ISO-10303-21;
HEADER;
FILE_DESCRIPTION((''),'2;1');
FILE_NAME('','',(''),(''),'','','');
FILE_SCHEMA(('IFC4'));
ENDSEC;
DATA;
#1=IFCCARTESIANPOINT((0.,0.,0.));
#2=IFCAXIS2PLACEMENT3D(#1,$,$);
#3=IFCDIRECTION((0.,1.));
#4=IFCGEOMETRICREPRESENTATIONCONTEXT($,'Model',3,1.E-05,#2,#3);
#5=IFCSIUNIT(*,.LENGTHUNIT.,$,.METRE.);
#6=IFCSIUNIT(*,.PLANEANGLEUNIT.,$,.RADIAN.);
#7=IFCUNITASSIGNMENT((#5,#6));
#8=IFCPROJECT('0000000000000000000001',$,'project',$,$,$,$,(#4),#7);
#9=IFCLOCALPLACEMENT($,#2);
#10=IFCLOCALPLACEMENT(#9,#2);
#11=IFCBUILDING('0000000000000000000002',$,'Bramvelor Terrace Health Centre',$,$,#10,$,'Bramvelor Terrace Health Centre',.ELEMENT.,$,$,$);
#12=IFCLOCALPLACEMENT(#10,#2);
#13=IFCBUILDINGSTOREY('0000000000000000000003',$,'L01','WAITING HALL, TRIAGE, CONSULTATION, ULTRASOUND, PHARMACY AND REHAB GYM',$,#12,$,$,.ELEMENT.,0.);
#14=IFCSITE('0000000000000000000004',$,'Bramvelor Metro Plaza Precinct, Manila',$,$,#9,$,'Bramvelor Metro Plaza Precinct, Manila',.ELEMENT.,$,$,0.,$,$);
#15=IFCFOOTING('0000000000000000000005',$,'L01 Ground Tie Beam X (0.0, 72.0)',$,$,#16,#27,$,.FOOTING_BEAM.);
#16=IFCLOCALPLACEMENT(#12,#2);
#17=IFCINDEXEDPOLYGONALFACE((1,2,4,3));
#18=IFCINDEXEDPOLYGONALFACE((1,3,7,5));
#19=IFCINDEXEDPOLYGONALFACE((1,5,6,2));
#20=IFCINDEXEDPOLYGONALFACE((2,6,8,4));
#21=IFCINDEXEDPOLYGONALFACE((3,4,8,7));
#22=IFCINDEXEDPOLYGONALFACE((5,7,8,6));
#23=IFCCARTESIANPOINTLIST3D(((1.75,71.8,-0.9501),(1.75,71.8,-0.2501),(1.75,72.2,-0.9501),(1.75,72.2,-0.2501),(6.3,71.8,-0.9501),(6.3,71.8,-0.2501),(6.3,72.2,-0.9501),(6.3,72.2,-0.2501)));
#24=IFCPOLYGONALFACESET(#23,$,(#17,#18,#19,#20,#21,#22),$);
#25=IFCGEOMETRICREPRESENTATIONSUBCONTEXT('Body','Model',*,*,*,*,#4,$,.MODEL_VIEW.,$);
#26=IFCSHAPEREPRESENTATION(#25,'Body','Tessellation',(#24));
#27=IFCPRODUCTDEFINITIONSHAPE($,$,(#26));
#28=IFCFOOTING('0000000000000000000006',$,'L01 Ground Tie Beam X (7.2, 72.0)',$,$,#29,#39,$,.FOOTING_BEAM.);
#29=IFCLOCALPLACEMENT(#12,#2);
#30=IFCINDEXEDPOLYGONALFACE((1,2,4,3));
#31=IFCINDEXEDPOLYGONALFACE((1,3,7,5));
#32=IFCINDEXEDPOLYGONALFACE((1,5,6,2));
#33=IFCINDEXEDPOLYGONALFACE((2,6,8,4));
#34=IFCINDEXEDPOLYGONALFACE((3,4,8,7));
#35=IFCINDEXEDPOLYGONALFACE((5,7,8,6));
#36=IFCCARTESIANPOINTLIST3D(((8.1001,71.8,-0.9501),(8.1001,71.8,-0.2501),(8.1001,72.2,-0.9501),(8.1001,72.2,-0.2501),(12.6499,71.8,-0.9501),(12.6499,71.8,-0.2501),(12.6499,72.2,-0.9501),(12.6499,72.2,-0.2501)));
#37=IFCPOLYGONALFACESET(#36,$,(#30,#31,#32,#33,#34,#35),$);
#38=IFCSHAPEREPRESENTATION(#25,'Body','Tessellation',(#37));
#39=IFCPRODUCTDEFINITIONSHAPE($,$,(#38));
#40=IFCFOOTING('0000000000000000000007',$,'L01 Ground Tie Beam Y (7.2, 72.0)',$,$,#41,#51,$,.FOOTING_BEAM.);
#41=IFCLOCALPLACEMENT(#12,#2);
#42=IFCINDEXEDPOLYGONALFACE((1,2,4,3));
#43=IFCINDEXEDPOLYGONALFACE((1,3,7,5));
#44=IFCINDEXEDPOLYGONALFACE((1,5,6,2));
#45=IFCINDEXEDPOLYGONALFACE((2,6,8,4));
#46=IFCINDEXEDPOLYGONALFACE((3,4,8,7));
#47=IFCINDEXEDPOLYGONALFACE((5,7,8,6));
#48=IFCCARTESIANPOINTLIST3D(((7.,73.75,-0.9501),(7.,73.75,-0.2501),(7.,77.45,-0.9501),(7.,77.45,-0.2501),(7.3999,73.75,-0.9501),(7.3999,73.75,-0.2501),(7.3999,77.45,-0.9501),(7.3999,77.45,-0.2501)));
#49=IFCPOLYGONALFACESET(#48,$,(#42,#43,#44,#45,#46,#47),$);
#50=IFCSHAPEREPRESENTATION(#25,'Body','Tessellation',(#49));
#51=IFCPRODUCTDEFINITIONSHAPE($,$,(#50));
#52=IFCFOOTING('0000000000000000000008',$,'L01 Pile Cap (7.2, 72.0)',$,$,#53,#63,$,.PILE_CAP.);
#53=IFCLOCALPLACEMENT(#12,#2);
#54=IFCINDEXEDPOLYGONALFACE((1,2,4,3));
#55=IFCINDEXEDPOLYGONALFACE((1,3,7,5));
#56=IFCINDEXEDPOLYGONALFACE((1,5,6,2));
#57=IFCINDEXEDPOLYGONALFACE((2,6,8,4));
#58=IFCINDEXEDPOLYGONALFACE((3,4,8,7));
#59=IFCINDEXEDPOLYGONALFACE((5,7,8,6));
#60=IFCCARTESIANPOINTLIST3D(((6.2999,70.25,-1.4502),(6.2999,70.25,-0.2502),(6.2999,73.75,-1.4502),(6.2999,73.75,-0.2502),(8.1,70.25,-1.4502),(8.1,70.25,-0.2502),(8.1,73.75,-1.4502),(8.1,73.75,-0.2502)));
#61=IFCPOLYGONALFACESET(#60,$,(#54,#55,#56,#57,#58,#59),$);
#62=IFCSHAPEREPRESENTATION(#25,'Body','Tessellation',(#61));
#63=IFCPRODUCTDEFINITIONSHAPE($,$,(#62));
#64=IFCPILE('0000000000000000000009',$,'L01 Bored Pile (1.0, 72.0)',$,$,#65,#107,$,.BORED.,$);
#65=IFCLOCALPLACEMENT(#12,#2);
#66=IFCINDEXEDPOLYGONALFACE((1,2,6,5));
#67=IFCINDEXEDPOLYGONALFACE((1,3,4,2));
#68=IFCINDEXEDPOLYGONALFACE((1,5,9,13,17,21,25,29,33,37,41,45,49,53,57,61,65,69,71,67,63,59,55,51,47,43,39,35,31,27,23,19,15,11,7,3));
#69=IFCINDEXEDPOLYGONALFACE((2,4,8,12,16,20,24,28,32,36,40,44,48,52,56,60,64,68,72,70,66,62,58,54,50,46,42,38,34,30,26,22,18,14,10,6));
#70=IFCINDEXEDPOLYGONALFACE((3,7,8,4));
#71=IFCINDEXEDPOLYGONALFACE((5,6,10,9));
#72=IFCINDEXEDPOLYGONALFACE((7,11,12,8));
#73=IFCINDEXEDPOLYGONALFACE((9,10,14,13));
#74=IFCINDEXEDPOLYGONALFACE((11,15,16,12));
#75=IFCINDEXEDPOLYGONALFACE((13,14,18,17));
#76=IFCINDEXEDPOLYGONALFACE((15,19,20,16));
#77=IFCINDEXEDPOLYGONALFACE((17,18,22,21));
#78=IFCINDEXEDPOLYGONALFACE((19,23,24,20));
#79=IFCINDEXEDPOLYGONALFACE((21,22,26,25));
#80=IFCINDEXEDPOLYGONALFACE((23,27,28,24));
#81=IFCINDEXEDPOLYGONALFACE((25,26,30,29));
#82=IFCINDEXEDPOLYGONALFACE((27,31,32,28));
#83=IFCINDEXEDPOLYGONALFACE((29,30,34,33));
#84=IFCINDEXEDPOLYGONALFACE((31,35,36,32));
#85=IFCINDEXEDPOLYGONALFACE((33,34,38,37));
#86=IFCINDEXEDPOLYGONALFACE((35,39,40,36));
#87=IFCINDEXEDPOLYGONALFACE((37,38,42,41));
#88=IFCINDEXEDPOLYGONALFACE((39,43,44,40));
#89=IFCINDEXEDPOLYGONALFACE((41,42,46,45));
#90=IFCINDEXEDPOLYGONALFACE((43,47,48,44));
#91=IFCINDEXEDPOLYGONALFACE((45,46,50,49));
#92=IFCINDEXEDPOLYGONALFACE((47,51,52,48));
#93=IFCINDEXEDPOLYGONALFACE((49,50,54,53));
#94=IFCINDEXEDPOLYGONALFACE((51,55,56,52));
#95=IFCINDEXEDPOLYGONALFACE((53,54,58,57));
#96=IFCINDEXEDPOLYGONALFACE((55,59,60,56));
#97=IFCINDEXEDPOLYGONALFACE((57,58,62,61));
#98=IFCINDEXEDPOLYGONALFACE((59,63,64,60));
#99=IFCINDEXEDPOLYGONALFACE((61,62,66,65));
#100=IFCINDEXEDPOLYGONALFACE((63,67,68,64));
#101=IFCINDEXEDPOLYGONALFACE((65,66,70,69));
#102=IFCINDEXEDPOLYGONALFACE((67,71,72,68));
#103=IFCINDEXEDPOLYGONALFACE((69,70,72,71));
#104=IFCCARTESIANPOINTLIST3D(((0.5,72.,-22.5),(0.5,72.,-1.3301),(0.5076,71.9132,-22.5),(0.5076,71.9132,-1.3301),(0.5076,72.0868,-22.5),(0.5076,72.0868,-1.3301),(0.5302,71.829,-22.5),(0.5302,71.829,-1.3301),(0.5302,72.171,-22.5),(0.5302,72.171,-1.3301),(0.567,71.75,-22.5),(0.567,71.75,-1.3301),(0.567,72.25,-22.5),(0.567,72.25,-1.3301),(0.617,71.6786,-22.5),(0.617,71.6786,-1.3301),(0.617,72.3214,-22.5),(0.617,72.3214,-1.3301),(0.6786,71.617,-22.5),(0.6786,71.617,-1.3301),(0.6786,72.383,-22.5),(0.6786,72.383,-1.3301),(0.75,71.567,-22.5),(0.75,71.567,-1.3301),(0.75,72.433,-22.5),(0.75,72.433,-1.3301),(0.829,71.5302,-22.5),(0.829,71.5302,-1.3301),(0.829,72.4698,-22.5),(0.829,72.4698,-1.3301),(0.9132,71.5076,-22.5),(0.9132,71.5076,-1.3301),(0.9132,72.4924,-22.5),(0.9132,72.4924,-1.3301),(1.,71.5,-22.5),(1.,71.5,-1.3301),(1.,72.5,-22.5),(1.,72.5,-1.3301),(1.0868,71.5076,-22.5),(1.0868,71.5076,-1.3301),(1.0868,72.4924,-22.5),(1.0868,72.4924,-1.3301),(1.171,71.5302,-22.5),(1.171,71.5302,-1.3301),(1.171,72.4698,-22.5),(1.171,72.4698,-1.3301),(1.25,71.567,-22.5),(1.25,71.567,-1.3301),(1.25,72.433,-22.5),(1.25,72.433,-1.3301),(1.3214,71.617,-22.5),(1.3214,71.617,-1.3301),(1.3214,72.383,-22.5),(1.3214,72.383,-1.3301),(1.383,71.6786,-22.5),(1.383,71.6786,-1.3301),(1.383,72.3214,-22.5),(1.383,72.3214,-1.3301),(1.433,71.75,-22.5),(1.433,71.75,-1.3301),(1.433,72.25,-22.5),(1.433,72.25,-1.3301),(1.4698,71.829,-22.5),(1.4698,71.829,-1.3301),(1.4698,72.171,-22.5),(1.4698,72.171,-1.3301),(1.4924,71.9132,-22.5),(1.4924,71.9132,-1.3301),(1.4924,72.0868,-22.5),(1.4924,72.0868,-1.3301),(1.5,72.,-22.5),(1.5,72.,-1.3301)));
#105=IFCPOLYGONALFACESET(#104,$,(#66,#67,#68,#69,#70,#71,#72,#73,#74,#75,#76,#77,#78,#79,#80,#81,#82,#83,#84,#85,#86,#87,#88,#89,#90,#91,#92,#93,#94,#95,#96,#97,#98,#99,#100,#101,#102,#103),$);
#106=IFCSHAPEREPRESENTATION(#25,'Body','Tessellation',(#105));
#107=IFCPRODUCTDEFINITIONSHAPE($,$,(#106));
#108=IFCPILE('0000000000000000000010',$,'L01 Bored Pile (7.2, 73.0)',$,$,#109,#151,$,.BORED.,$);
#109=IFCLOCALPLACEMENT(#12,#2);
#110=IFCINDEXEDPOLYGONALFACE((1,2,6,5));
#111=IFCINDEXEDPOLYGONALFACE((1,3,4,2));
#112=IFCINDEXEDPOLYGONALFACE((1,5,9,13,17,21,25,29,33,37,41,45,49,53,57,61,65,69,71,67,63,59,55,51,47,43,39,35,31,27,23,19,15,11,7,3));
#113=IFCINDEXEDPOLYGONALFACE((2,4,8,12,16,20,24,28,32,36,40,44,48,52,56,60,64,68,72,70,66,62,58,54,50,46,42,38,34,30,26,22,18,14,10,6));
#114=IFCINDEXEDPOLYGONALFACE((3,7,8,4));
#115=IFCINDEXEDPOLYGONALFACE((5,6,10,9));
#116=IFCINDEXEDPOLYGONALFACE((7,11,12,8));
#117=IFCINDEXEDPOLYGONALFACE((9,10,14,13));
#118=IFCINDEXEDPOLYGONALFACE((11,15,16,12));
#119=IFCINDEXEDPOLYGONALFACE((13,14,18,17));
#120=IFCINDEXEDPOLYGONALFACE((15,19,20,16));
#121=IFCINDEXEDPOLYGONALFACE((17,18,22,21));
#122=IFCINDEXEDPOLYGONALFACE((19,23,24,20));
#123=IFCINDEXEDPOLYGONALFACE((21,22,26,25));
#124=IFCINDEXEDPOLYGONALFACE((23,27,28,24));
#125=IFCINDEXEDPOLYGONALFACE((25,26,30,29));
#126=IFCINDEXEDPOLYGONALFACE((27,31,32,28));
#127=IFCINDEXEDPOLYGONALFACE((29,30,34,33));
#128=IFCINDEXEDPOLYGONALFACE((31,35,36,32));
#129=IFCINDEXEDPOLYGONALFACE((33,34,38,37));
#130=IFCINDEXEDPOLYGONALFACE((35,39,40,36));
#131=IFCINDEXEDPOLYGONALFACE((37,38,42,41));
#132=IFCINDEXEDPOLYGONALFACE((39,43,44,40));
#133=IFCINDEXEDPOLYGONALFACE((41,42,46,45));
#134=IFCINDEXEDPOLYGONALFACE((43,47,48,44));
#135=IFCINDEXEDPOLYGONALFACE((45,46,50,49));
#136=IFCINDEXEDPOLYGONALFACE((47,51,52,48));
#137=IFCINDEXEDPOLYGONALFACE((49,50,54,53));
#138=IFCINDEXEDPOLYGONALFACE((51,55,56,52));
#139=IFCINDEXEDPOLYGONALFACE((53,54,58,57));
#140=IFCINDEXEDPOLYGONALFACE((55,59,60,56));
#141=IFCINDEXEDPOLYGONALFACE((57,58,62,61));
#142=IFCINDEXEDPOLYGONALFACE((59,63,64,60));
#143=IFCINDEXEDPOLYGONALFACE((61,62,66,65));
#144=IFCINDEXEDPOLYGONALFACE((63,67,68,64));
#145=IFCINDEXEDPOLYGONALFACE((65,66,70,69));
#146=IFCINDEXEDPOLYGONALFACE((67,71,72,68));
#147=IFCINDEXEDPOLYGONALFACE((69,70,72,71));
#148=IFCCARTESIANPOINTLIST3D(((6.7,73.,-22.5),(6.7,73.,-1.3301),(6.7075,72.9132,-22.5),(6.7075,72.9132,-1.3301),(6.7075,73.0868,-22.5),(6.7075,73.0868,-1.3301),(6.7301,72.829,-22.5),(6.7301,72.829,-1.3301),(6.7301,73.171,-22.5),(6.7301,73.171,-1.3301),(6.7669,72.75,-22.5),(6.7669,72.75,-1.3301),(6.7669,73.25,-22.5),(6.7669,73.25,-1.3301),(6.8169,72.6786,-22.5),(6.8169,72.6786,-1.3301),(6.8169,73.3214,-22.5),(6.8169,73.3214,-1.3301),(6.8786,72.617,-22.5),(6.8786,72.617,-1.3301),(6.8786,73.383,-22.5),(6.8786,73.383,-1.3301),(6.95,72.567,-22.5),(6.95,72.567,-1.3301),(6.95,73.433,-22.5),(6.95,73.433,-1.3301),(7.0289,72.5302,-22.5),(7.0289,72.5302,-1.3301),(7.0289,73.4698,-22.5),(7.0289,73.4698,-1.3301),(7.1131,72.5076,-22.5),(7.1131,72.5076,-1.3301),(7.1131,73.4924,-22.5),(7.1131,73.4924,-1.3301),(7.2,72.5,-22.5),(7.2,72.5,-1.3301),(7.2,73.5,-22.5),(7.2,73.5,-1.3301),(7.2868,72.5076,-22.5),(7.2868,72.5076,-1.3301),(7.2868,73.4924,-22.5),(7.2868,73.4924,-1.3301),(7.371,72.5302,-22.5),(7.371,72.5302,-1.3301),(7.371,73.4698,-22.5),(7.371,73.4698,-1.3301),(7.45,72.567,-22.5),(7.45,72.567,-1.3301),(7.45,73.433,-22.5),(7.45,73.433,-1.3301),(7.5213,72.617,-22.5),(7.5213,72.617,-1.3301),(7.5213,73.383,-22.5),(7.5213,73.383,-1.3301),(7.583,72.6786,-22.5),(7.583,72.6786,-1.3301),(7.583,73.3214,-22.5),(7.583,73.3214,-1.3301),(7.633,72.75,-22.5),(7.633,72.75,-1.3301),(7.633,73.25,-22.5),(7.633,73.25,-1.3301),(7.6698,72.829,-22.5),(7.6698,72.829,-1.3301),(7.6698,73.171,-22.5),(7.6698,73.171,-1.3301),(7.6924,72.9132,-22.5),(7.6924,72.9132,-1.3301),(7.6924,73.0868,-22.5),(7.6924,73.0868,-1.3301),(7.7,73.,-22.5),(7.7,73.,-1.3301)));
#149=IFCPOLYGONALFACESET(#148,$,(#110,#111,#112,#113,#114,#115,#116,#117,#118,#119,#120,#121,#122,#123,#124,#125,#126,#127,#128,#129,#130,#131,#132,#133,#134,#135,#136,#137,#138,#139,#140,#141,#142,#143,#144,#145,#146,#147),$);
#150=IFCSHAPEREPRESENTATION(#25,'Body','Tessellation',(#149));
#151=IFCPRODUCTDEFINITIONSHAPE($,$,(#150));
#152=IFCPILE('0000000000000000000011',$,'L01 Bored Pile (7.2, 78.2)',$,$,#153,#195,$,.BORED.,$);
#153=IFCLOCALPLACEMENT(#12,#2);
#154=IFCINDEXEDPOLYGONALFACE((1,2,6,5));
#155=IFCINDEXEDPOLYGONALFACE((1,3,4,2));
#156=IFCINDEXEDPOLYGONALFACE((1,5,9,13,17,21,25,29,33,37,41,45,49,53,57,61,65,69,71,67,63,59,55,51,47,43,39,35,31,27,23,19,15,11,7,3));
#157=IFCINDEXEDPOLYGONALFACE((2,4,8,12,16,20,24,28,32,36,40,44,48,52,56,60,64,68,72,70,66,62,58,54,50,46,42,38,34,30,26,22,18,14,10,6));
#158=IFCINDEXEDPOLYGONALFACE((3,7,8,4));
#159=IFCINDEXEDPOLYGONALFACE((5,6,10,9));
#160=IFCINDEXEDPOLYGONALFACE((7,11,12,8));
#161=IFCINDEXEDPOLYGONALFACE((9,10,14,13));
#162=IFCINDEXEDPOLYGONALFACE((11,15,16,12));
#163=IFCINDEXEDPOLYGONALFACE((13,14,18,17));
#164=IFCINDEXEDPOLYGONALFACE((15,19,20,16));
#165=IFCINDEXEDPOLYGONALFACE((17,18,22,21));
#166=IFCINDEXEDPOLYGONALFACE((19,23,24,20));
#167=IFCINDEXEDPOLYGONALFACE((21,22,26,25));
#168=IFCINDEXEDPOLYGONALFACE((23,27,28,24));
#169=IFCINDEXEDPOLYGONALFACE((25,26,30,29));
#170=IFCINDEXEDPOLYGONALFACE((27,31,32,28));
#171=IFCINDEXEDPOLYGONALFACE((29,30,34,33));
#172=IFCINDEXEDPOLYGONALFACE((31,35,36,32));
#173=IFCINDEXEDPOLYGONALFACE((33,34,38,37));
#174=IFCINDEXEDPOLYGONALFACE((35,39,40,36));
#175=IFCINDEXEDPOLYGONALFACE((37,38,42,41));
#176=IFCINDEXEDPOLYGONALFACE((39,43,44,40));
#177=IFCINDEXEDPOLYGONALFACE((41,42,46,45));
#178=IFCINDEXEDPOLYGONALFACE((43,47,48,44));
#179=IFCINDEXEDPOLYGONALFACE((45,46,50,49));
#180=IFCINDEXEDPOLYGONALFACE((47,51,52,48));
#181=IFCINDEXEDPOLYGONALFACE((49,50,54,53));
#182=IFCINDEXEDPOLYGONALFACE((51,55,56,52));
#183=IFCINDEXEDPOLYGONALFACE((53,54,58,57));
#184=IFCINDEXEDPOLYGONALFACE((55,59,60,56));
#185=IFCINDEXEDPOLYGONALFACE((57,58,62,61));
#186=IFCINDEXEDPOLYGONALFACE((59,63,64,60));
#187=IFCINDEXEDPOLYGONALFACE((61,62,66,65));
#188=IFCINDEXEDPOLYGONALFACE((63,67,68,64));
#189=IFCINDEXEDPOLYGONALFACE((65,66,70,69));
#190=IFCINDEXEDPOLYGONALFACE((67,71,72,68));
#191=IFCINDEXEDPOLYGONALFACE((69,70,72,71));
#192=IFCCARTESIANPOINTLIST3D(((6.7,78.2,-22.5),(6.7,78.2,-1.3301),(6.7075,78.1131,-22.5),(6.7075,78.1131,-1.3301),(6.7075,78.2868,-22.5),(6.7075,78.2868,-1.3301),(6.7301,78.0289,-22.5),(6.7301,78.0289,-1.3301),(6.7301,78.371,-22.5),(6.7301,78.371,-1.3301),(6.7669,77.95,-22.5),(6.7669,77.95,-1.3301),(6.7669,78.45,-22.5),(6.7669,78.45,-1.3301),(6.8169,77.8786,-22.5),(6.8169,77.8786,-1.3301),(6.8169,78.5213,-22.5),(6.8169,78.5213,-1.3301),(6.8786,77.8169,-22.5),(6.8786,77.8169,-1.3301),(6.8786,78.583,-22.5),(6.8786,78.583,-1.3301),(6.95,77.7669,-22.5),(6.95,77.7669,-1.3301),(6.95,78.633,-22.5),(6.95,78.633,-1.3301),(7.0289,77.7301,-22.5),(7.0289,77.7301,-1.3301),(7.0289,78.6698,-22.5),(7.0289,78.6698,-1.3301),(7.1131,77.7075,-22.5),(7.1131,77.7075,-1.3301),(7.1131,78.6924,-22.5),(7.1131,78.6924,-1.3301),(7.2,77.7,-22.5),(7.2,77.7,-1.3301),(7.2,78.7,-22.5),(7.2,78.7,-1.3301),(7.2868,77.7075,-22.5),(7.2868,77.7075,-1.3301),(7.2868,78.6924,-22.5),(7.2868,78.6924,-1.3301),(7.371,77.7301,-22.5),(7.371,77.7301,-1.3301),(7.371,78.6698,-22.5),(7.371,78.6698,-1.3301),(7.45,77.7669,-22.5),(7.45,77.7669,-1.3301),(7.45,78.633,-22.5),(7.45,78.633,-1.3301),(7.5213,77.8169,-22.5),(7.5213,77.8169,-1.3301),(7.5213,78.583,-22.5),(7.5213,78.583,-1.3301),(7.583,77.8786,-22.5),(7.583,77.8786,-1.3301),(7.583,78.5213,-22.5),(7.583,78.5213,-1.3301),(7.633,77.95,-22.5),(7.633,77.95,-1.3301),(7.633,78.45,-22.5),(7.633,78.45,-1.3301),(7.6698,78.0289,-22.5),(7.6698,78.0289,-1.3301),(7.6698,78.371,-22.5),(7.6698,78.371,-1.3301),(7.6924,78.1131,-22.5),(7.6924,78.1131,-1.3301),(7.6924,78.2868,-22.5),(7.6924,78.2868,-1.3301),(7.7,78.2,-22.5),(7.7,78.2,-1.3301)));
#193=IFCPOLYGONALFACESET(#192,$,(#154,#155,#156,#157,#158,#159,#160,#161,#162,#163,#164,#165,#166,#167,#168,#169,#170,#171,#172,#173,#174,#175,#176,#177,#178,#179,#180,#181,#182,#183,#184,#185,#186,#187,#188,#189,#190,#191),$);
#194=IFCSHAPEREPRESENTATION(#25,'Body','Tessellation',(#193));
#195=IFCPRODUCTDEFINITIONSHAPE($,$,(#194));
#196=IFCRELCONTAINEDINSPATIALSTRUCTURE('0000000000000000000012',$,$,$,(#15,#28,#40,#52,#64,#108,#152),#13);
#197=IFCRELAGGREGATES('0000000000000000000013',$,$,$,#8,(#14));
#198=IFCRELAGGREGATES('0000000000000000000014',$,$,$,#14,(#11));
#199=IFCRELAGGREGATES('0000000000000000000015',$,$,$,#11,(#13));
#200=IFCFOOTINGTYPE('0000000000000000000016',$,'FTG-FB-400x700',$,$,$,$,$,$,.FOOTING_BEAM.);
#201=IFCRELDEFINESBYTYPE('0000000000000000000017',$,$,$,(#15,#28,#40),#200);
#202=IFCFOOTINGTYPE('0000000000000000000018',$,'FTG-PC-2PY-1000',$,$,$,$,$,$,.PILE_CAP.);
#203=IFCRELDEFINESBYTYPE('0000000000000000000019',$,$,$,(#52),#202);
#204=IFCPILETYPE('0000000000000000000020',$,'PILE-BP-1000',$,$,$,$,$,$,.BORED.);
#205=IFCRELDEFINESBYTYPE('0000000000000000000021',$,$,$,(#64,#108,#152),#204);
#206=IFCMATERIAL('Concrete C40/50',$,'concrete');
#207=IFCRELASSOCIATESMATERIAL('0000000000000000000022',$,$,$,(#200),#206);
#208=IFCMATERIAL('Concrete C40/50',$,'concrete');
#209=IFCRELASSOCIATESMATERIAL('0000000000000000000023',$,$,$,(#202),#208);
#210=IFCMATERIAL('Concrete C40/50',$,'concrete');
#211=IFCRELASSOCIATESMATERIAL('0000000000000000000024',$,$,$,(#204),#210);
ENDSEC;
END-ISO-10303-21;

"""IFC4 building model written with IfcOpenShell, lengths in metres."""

from ifc_helpers import new_model, si_unit, direction, frame, origin, origin_2d, place, context, subcontext, project, spatial, rectangle, circle, extrude, material, material_profile, profile_set, type_object, element, save


model = new_model("IFC4")

# Units and contexts
model_context = context("Model", 3, precision=1e-05, world=origin(), true_north=direction((0.0, 1.0)))
body_context = subcontext(model_context, "Body", "Model", "MODEL_VIEW")
ifc_project = project(units=[si_unit("LENGTHUNIT", "METRE"), si_unit("PLANEANGLEUNIT", "RADIAN")], contexts=[model_context])

# Site, building, storey
site_placement = place(None, origin())
site = spatial("IfcSite", under=ifc_project, at=site_placement, Name="Bramvelor Metro Plaza Precinct, Manila", LongName="Bramvelor Metro Plaza Precinct, Manila", CompositionType="ELEMENT", RefElevation=0.0)
building_placement = place(site_placement, origin())
building = spatial("IfcBuilding", under=site, at=building_placement, Name="Bramvelor Terrace Health Centre", LongName="Bramvelor Terrace Health Centre", CompositionType="ELEMENT")
storey_placement = place(building_placement, origin())
storey = spatial("IfcBuildingStorey", under=building, at=storey_placement, Name="L01", Description="WAITING HALL, TRIAGE, CONSULTATION, ULTRASOUND, PHARMACY AND REHAB GYM", CompositionType="ELEMENT", Elevation=0.0)

# Footings
ifc_material_1 = material(Name="Concrete C40/50", Category="concrete")
ifc_material_profile_1 = material_profile(ifc_material_1, rectangle(XDim=0.3999, YDim=0.7, at=origin_2d()), Name="RC 400x700")
ifc_profile_set_1 = profile_set([ifc_material_profile_1], Name="Concrete C40/50")
footing_type_1 = type_object("IfcFootingType", Name="FTG-FB-400x700", PredefinedType="FOOTING_BEAM", material=ifc_profile_set_1)
footing_1_placement = place(storey_placement, frame((1.75, 72.0, -0.6001), z_axis=(1.0, 0.0, 0.0), x_axis=(0.0, 1.0, 0.0)))
element("IfcFooting", 1, at=footing_1_placement, inside=storey, type_object=footing_type_1, Name="L01 Ground Tie Beam X (0.0, 72.0)", PredefinedType="FOOTING_BEAM", context=body_context, shape_type="SweptSolid", body=[
    extrude(rectangle(XDim=0.3999, YDim=0.7, at=origin_2d()), origin(), (0.0, 0.0, 1.0), 4.55),
])
footing_2_placement = place(storey_placement, frame((8.1001, 72.0, -0.6001), z_axis=(1.0, 0.0, 0.0), x_axis=(0.0, 1.0, 0.0)))
element("IfcFooting", 2, at=footing_2_placement, inside=storey, type_object=footing_type_1, Name="L01 Ground Tie Beam X (7.2, 72.0)", PredefinedType="FOOTING_BEAM", context=body_context, shape_type="SweptSolid", body=[
    extrude(rectangle(XDim=0.3999, YDim=0.7, at=origin_2d()), origin(), (0.0, 0.0, 1.0), 4.5498),
])
footing_3_placement = place(storey_placement, frame((7.2, 73.75, -0.6001), z_axis=(0.0, 1.0, 0.0), x_axis=(-1.0, 0.0, 0.0)))
element("IfcFooting", 3, at=footing_3_placement, inside=storey, type_object=footing_type_1, Name="L01 Ground Tie Beam Y (7.2, 72.0)", PredefinedType="FOOTING_BEAM", context=body_context, shape_type="SweptSolid", body=[
    extrude(rectangle(XDim=0.3999, YDim=0.7, at=origin_2d()), origin(), (0.0, 0.0, 1.0), 3.7),
])
ifc_material_2 = material(Name="Concrete C40/50", Category="concrete")
footing_type_2 = type_object("IfcFootingType", Name="FTG-PC-2PY-1000", PredefinedType="PILE_CAP", material=ifc_material_2)
footing_4_placement = place(storey_placement, frame((7.2, 72.0, -1.4502), z_axis=(0.0, 0.0, 1.0), x_axis=(1.0, 0.0, 0.0)))
element("IfcFooting", 4, at=footing_4_placement, inside=storey, type_object=footing_type_2, Name="L01 Pile Cap (7.2, 72.0)", PredefinedType="PILE_CAP", context=body_context, shape_type="SweptSolid", body=[
    extrude(rectangle(XDim=1.8, YDim=3.5, at=origin_2d()), origin(), (0.0, 0.0, 1.0), 1.2),
])

# Piles
ifc_material_3 = material(Name="Concrete C40/50", Category="concrete")
ifc_material_profile_2 = material_profile(ifc_material_3, circle(Radius=0.5, at=origin_2d()), Name="BP D1000")
ifc_profile_set_2 = profile_set([ifc_material_profile_2], Name="Concrete C40/50")
pile_type = type_object("IfcPileType", Name="PILE-BP-1000", PredefinedType="BORED", material=ifc_profile_set_2)
for number, where, z_axis, x_axis, name in (
    (5, (1.0, 72.0, -1.3301), (0.0, 0.0, -1.0), (1.0, 0.0, 0.0), "L01 Bored Pile (1.0, 72.0)"),
    (6, (7.2, 73.0, -1.3301), (0.0, 0.0, -1.0), (1.0, 0.0, 0.0), "L01 Bored Pile (7.2, 73.0)"),
    (7, (7.2, 78.2, -1.3301), (0.0, 0.0, -1.0), (1.0, 0.0, 0.0), "L01 Bored Pile (7.2, 78.2)"),
):
    element("IfcPile", number, at=place(storey_placement, frame(where, z_axis=z_axis, x_axis=x_axis)), inside=storey, type_object=pile_type, Name=name, PredefinedType="BORED", context=body_context, shape_type="SweptSolid", body=[
        extrude(circle(Radius=0.5, at=origin_2d()), origin(), (0.0, 0.0, 1.0), 21.1699),
    ])

save(model, "model.ifc")
